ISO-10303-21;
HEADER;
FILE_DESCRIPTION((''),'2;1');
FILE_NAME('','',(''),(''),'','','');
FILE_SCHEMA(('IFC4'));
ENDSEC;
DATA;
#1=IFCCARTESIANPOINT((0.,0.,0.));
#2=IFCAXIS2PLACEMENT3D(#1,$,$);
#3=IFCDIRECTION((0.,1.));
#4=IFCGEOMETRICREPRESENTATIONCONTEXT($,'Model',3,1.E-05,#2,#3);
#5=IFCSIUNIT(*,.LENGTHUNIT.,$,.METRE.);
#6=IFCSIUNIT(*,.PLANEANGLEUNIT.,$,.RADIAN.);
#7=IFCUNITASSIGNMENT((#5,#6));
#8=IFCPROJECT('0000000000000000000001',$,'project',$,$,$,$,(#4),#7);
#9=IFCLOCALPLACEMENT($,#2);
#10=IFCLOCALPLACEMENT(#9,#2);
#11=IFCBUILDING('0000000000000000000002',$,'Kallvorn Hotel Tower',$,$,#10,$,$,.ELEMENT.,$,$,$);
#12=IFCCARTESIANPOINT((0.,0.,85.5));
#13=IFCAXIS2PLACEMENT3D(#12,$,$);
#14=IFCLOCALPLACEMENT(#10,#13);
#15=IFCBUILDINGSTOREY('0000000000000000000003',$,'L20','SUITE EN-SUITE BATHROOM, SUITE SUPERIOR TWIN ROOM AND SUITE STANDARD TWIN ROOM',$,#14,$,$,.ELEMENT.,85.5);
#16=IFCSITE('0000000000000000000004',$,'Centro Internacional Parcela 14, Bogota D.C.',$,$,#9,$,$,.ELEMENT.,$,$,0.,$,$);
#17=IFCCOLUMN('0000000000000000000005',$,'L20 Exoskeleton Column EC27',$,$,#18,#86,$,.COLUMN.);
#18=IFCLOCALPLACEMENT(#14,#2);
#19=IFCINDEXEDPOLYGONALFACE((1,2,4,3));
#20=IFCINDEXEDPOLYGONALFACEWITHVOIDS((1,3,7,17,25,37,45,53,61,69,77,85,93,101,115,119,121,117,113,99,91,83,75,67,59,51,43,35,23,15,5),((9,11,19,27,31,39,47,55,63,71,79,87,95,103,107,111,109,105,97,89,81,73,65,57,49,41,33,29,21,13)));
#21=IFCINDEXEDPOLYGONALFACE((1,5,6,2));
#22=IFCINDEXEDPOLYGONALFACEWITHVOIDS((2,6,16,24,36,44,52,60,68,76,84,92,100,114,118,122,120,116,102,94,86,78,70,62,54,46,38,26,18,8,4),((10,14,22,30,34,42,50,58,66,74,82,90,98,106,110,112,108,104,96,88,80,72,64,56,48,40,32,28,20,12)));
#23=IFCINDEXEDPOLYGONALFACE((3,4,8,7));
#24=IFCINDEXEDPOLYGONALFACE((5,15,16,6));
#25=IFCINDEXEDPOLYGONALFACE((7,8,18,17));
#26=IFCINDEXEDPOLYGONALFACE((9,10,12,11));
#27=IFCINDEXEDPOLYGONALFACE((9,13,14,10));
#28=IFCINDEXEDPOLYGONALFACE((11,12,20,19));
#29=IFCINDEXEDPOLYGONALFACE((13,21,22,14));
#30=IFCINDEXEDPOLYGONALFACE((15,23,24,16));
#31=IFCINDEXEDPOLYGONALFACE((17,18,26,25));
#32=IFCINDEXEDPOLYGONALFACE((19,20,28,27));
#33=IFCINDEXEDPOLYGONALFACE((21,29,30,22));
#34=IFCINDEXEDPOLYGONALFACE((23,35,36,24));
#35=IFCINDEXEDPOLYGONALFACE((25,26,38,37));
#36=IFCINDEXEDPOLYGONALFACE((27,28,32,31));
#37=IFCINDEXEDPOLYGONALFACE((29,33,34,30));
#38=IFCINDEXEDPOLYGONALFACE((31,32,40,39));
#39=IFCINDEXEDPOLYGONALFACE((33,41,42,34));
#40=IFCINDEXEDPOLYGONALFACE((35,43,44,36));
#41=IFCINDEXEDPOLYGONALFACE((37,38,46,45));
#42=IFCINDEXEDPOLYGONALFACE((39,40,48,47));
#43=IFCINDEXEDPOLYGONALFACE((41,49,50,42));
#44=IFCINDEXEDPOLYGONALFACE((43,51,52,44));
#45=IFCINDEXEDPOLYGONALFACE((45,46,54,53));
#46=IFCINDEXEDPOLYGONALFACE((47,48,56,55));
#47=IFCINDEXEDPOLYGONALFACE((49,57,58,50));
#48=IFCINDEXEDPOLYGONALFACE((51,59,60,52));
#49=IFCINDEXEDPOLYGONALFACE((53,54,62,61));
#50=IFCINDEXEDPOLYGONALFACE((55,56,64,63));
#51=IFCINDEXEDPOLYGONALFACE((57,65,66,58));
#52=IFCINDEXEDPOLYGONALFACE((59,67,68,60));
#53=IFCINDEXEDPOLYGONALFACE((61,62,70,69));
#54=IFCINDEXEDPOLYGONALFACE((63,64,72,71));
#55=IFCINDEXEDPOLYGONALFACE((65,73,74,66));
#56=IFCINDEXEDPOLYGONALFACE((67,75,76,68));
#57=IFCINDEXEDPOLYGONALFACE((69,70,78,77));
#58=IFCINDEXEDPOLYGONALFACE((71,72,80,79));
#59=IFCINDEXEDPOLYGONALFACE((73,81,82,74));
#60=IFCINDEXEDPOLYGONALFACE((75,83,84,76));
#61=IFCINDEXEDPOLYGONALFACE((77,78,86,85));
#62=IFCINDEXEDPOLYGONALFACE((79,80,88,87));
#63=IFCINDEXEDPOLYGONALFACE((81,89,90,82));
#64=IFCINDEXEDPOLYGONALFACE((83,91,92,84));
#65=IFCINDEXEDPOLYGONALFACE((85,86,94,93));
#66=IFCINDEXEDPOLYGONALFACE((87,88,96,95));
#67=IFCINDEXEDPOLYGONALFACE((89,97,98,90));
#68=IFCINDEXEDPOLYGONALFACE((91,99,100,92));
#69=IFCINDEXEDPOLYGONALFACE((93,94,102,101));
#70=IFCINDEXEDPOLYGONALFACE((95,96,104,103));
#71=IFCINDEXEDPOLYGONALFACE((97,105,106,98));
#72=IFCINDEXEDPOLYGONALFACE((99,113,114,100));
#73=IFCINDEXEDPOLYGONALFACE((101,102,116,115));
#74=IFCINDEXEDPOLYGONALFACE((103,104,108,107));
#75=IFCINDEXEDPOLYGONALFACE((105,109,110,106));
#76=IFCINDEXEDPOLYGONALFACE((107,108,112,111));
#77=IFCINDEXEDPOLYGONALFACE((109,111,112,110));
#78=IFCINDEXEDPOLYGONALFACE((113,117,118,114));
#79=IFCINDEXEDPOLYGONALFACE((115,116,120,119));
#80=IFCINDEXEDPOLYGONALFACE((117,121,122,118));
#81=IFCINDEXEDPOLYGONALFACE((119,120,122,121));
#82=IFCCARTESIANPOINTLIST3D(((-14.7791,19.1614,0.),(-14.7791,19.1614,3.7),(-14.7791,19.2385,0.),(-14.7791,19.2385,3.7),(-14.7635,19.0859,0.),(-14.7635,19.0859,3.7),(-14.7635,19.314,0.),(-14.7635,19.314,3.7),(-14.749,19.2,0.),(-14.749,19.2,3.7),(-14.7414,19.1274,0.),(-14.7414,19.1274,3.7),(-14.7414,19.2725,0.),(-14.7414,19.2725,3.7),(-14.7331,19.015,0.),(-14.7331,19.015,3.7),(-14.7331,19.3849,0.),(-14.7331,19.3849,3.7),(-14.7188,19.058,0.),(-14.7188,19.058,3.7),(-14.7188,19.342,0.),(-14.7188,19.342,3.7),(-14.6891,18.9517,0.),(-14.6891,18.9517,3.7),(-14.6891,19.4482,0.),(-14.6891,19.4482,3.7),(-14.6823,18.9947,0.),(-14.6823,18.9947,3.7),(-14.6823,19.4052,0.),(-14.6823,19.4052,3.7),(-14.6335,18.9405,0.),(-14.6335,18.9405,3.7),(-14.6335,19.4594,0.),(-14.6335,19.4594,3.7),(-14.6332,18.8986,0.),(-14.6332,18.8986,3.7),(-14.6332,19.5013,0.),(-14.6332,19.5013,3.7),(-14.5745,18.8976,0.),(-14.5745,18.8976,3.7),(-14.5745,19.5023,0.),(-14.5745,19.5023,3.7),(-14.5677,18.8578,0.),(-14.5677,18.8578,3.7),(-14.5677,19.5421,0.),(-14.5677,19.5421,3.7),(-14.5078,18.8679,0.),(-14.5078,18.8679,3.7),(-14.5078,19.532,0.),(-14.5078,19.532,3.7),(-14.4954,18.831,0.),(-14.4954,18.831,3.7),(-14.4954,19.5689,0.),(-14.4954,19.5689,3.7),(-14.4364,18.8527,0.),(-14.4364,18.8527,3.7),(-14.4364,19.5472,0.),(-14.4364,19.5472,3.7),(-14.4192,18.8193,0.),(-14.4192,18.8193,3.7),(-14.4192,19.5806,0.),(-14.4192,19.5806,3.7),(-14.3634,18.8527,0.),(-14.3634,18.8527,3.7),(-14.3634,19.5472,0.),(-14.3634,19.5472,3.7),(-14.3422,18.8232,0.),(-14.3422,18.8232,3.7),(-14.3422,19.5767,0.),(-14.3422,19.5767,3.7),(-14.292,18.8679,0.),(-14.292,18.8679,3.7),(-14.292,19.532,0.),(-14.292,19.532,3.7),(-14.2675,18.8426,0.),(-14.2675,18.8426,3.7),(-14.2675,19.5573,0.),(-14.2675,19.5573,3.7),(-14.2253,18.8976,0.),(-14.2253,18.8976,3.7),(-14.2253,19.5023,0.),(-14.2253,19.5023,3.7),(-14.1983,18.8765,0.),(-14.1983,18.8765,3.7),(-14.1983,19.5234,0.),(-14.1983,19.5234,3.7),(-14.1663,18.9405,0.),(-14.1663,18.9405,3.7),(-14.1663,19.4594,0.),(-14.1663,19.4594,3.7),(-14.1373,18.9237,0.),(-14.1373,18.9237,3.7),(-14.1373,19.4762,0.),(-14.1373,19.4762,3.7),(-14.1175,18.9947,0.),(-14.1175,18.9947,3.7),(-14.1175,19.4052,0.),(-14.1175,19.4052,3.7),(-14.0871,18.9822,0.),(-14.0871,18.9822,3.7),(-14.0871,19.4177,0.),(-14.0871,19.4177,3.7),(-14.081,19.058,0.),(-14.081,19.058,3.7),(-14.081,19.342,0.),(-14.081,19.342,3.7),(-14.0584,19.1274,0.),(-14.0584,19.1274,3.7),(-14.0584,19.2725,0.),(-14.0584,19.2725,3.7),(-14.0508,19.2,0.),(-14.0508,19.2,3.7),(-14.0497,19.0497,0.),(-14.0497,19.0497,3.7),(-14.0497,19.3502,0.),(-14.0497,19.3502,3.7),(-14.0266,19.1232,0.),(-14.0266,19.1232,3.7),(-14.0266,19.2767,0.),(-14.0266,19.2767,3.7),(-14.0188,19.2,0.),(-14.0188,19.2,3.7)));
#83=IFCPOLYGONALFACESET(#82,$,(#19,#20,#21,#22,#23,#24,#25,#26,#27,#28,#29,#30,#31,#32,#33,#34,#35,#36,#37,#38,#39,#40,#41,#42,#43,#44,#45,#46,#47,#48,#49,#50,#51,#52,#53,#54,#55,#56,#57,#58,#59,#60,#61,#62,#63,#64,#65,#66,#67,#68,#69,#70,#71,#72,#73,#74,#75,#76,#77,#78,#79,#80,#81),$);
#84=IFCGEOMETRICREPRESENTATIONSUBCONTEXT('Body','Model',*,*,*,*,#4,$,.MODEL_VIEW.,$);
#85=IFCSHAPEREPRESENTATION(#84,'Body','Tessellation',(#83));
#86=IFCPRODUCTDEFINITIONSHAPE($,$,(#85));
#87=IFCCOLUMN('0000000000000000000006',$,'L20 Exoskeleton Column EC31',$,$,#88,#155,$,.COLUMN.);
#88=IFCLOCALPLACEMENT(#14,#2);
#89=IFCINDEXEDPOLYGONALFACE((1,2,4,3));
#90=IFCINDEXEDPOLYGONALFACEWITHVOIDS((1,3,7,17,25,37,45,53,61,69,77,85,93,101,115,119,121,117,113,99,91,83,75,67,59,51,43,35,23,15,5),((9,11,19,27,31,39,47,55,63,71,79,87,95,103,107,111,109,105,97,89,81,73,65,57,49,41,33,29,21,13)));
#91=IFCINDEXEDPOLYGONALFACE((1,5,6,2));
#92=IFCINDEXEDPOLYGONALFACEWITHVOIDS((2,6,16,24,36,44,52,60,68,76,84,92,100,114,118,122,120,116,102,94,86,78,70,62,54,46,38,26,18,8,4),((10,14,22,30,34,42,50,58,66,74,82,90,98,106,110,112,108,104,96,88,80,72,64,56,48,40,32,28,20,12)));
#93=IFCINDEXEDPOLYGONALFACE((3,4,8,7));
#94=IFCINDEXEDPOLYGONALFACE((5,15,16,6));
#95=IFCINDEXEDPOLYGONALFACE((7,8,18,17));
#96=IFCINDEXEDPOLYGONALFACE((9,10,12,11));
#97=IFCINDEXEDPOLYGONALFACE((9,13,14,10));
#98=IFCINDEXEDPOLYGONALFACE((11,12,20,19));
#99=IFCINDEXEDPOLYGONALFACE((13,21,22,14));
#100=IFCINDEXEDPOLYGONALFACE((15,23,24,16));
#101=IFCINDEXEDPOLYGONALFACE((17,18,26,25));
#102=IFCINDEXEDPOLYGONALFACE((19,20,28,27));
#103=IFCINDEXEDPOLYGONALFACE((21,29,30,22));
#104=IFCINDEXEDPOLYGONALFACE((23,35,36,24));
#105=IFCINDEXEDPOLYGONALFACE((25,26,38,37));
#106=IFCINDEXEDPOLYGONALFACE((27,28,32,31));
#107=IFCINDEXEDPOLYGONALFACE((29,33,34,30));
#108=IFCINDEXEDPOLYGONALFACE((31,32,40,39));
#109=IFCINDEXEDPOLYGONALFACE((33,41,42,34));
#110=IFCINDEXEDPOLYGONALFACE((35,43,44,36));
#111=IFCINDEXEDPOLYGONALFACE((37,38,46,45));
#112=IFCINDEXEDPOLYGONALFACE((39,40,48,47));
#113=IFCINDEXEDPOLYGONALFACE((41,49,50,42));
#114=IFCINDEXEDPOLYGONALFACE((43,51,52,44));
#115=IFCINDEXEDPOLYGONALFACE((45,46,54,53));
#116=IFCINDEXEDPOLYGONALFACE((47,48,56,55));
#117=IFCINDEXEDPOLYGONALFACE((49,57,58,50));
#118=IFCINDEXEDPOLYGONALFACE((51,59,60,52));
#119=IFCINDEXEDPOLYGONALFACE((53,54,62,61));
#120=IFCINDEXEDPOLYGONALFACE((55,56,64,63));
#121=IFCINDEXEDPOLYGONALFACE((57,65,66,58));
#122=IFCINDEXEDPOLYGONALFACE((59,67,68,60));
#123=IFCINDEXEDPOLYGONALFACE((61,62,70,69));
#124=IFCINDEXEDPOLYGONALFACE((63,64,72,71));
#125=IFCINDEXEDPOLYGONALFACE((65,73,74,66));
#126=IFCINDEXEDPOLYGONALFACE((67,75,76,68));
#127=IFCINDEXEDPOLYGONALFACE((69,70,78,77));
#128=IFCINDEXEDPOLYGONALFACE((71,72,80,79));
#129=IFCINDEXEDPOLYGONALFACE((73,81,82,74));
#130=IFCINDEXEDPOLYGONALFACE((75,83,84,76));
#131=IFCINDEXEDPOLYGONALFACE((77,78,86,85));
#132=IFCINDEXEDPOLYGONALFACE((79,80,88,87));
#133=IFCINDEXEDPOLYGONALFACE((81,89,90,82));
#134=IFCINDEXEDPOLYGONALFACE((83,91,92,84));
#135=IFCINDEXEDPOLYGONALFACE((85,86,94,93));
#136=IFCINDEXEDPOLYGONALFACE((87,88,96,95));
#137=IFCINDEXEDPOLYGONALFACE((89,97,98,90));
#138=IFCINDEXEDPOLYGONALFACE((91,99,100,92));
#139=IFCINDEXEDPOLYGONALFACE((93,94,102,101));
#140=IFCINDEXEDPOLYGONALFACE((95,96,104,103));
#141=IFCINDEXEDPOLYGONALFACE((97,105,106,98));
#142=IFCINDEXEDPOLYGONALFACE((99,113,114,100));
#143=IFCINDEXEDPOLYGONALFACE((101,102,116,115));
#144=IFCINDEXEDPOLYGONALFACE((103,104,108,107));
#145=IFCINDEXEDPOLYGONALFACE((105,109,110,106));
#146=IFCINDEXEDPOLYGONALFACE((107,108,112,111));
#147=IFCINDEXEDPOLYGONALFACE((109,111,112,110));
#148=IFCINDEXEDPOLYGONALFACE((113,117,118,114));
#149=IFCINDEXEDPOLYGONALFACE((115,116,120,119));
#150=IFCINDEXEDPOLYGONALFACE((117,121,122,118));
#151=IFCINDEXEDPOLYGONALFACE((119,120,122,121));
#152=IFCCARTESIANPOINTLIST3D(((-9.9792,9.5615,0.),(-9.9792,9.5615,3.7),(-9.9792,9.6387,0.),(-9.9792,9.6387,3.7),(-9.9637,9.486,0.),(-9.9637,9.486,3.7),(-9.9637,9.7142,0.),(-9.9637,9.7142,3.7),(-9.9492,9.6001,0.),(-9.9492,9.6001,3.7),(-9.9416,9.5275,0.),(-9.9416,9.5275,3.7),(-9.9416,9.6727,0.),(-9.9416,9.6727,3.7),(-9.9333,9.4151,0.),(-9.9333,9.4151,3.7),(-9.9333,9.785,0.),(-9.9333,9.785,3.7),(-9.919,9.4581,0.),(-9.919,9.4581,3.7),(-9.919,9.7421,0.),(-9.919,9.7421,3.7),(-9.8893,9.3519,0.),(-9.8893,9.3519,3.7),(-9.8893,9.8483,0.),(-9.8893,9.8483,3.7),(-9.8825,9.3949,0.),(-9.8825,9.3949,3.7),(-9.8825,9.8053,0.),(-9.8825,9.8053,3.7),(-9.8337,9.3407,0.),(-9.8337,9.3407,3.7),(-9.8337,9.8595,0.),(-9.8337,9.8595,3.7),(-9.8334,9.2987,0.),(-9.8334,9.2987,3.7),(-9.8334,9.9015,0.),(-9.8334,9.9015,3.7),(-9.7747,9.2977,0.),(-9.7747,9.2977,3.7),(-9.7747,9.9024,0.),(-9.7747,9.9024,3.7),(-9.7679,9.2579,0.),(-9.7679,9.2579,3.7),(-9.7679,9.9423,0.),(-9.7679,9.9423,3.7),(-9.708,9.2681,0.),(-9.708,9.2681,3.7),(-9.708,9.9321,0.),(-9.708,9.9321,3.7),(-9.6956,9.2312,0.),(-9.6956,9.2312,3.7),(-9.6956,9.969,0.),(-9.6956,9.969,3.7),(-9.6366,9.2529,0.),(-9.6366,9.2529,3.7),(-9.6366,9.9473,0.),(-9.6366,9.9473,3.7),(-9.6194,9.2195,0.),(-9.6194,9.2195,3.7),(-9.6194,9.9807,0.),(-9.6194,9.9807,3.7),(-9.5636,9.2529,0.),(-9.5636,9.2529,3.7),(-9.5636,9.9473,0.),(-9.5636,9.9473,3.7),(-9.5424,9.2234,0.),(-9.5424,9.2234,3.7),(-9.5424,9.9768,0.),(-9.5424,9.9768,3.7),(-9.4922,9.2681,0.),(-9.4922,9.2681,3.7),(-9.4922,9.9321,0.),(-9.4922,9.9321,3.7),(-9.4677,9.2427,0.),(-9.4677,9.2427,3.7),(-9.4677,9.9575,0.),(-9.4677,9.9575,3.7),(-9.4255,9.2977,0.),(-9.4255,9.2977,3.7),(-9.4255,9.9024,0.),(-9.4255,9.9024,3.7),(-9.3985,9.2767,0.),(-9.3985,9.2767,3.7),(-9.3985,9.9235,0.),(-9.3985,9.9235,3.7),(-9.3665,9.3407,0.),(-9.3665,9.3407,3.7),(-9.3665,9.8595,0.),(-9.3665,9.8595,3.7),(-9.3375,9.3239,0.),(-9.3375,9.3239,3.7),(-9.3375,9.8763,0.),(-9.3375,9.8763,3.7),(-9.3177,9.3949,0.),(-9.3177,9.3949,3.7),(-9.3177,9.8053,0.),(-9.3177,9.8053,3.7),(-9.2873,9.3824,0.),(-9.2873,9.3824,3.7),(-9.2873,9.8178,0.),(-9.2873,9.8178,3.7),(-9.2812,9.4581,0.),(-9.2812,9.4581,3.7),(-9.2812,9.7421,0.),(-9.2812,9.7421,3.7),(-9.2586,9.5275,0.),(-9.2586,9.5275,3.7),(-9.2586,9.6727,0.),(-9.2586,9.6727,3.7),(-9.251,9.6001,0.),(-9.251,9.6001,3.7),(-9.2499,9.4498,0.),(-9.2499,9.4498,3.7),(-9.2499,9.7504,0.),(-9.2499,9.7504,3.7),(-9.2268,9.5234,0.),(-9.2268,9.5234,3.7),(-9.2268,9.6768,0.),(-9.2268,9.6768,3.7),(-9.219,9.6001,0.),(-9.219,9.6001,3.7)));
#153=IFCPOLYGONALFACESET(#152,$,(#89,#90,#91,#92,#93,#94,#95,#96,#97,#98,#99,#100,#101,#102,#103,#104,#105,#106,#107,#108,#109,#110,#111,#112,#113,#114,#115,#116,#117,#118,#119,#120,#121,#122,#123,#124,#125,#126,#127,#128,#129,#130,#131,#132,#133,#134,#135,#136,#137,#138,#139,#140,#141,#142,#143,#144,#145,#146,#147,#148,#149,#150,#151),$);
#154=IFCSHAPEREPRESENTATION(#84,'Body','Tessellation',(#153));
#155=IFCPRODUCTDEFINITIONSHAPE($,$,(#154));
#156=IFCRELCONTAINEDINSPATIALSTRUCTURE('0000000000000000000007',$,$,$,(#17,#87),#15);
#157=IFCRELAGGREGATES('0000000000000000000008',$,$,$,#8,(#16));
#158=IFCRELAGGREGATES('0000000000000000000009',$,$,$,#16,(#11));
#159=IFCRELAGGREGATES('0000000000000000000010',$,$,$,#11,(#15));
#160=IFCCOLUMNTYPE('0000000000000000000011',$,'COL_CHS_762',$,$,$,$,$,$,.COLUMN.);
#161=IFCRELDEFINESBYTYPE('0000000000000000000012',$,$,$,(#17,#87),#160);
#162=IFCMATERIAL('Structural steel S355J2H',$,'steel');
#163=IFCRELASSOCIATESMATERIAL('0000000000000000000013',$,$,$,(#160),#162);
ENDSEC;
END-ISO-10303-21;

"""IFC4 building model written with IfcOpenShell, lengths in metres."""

from ifc_helpers import new_model, si_unit, direction, frame, origin, origin_2d, place, context, subcontext, project, spatial, hollow_circle, extrude, material, material_profile, profile_set, type_object, element, save


model = new_model("IFC4")

# Units and contexts
model_context = context("Model", 3, precision=1e-05, world=origin(), true_north=direction((0.0, 1.0)))
body_context = subcontext(model_context, "Body", "Model", "MODEL_VIEW")
ifc_project = project(units=[si_unit("LENGTHUNIT", "METRE"), si_unit("PLANEANGLEUNIT", "RADIAN")], contexts=[model_context])

# Site, building, storey
site_placement = place(None, origin())
site = spatial("IfcSite", under=ifc_project, at=site_placement, Name="Centro Internacional Parcela 14, Bogota D.C.", CompositionType="ELEMENT", RefElevation=0.0)
building_placement = place(site_placement, origin())
building = spatial("IfcBuilding", under=site, at=building_placement, Name="Kallvorn Hotel Tower", CompositionType="ELEMENT")
storey_placement = place(building_placement, frame((0.0, 0.0, 85.5)))
storey = spatial("IfcBuildingStorey", under=building, at=storey_placement, Name="L20", Description="SUITE EN-SUITE BATHROOM, SUITE SUPERIOR TWIN ROOM AND SUITE STANDARD TWIN ROOM", CompositionType="ELEMENT", Elevation=85.5)

# Columns
ifc_material_1 = material(Name="Structural steel S355J2H", Category="steel")
ifc_material_profile_1 = material_profile(ifc_material_1, hollow_circle(Radius=0.3811, WallThickness=0.032, at=origin_2d()), Name="CHS 762x32")
ifc_profile_set_1 = profile_set([ifc_material_profile_1], Name="Structural steel S355J2H")
column_type_1 = type_object("IfcColumnType", Name="COL_CHS_762", PredefinedType="COLUMN", material=ifc_profile_set_1)
for number, where, z_axis, x_axis, name in (
    (1, (-14.3999, 19.2, 0.0), (0.0, 0.0, 1.0), (1.0, 0.0, 0.0), "L20 Exoskeleton Column EC27"),
    (2, (-9.6001, 9.6001, 0.0), (0.0, 0.0, 1.0), (1.0, 0.0, 0.0), "L20 Exoskeleton Column EC31"),
):
    element("IfcColumn", number, at=place(storey_placement, frame(where, z_axis=z_axis, x_axis=x_axis)), inside=storey, type_object=column_type_1, Name=name, PredefinedType="COLUMN", context=body_context, shape_type="SweptSolid", body=[
        extrude(hollow_circle(Radius=0.3811, WallThickness=0.032, at=origin_2d()), origin(), (0.0, 0.0, 1.0), 3.7),
    ])

save(model, "model.ifc")
